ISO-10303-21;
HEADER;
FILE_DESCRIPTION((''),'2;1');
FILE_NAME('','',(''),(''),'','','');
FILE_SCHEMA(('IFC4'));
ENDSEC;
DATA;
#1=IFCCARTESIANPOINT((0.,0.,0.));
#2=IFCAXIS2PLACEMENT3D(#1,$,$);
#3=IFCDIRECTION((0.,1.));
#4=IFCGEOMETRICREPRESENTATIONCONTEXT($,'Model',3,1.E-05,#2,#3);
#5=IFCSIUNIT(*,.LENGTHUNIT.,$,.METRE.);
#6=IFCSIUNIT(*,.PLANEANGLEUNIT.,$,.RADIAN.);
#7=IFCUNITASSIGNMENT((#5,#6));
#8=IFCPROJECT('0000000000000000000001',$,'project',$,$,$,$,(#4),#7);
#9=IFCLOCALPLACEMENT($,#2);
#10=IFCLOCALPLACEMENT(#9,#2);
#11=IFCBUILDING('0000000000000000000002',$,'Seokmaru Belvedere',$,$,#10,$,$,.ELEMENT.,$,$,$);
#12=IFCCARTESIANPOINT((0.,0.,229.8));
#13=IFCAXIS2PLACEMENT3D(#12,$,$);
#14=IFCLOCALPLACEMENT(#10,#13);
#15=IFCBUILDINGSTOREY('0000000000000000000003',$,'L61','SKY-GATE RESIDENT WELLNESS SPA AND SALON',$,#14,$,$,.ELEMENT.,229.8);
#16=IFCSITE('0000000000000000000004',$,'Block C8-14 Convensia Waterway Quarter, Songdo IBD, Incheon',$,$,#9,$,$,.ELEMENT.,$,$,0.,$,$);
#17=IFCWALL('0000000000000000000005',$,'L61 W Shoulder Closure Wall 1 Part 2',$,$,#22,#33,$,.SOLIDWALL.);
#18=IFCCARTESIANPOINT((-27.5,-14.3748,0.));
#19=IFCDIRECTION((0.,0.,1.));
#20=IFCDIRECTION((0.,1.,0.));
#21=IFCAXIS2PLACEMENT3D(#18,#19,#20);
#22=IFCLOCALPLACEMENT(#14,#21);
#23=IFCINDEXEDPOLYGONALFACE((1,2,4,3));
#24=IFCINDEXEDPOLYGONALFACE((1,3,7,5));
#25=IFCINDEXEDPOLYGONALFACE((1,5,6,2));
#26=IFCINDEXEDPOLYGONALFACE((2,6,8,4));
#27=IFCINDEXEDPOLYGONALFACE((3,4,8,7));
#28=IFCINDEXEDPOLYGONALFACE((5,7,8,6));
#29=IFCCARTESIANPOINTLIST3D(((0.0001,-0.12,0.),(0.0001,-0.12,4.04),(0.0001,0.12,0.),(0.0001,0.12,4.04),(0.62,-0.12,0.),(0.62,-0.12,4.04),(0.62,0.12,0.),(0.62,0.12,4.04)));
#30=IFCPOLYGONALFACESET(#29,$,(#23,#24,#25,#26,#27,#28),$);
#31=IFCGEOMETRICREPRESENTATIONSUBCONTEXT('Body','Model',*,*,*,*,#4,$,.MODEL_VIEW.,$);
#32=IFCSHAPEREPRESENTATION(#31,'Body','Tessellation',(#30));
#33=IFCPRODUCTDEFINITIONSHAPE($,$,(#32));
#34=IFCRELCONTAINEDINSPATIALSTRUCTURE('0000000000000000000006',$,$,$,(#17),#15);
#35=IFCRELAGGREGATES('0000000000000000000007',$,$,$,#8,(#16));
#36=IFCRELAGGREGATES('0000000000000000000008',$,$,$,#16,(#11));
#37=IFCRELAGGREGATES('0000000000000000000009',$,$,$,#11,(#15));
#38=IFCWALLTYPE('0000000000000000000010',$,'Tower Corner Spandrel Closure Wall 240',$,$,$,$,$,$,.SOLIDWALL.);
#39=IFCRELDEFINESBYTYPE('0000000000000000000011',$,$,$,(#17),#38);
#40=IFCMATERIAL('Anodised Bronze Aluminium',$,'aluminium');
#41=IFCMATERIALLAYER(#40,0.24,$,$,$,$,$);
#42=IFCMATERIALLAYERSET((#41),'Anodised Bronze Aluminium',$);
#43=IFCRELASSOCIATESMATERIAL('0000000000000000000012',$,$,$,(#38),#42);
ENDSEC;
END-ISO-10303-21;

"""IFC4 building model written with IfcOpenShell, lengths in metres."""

from ifc_helpers import new_model, si_unit, direction, frame, frame_2d, origin, place, context, subcontext, project, spatial, rectangle, extrude, material, layer, layer_set, type_object, element, save


model = new_model("IFC4")

# Units and contexts
model_context = context("Model", 3, precision=1e-05, world=origin(), true_north=direction((0.0, 1.0)))
body_context = subcontext(model_context, "Body", "Model", "MODEL_VIEW")
ifc_project = project(units=[si_unit("LENGTHUNIT", "METRE"), si_unit("PLANEANGLEUNIT", "RADIAN")], contexts=[model_context])

# Site, building, storey
site_placement = place(None, origin())
site = spatial("IfcSite", under=ifc_project, at=site_placement, Name="Block C8-14 Convensia Waterway Quarter, Songdo IBD, Incheon", CompositionType="ELEMENT", RefElevation=0.0)
building_placement = place(site_placement, origin())
building = spatial("IfcBuilding", under=site, at=building_placement, Name="Seokmaru Belvedere", CompositionType="ELEMENT")
storey_placement = place(building_placement, frame((0.0, 0.0, 229.8)))
storey = spatial("IfcBuildingStorey", under=building, at=storey_placement, Name="L61", Description="SKY-GATE RESIDENT WELLNESS SPA AND SALON", CompositionType="ELEMENT", Elevation=229.8)

# Shared definitions
ifc_material_1 = material(Name="Anodised Bronze Aluminium", Category="aluminium")

# Wall
ifc_layer_1 = layer(ifc_material_1, 0.24)
ifc_layer_set_1 = layer_set([ifc_layer_1], Name="Anodised Bronze Aluminium")
wall_type_1 = type_object("IfcWallType", Name="Tower Corner Spandrel Closure Wall 240", PredefinedType="SOLIDWALL", material=ifc_layer_set_1)
wall_1_placement = place(storey_placement, frame((-27.5, -14.3748, 0.0), z_axis=(0.0, 0.0, 1.0), x_axis=(0.0, 1.0, 0.0)))
element("IfcWall", 1, at=wall_1_placement, inside=storey, type_object=wall_type_1, Name="L61 W Shoulder Closure Wall 1 Part 2", PredefinedType="SOLIDWALL", context=body_context, shape_type="SweptSolid", body=[
    extrude(rectangle(XDim=0.6199, YDim=0.24, at=frame_2d((0.3101, 0.0))), origin(), (0.0, 0.0, 1.0), 4.04),
])

save(model, "model.ifc")
